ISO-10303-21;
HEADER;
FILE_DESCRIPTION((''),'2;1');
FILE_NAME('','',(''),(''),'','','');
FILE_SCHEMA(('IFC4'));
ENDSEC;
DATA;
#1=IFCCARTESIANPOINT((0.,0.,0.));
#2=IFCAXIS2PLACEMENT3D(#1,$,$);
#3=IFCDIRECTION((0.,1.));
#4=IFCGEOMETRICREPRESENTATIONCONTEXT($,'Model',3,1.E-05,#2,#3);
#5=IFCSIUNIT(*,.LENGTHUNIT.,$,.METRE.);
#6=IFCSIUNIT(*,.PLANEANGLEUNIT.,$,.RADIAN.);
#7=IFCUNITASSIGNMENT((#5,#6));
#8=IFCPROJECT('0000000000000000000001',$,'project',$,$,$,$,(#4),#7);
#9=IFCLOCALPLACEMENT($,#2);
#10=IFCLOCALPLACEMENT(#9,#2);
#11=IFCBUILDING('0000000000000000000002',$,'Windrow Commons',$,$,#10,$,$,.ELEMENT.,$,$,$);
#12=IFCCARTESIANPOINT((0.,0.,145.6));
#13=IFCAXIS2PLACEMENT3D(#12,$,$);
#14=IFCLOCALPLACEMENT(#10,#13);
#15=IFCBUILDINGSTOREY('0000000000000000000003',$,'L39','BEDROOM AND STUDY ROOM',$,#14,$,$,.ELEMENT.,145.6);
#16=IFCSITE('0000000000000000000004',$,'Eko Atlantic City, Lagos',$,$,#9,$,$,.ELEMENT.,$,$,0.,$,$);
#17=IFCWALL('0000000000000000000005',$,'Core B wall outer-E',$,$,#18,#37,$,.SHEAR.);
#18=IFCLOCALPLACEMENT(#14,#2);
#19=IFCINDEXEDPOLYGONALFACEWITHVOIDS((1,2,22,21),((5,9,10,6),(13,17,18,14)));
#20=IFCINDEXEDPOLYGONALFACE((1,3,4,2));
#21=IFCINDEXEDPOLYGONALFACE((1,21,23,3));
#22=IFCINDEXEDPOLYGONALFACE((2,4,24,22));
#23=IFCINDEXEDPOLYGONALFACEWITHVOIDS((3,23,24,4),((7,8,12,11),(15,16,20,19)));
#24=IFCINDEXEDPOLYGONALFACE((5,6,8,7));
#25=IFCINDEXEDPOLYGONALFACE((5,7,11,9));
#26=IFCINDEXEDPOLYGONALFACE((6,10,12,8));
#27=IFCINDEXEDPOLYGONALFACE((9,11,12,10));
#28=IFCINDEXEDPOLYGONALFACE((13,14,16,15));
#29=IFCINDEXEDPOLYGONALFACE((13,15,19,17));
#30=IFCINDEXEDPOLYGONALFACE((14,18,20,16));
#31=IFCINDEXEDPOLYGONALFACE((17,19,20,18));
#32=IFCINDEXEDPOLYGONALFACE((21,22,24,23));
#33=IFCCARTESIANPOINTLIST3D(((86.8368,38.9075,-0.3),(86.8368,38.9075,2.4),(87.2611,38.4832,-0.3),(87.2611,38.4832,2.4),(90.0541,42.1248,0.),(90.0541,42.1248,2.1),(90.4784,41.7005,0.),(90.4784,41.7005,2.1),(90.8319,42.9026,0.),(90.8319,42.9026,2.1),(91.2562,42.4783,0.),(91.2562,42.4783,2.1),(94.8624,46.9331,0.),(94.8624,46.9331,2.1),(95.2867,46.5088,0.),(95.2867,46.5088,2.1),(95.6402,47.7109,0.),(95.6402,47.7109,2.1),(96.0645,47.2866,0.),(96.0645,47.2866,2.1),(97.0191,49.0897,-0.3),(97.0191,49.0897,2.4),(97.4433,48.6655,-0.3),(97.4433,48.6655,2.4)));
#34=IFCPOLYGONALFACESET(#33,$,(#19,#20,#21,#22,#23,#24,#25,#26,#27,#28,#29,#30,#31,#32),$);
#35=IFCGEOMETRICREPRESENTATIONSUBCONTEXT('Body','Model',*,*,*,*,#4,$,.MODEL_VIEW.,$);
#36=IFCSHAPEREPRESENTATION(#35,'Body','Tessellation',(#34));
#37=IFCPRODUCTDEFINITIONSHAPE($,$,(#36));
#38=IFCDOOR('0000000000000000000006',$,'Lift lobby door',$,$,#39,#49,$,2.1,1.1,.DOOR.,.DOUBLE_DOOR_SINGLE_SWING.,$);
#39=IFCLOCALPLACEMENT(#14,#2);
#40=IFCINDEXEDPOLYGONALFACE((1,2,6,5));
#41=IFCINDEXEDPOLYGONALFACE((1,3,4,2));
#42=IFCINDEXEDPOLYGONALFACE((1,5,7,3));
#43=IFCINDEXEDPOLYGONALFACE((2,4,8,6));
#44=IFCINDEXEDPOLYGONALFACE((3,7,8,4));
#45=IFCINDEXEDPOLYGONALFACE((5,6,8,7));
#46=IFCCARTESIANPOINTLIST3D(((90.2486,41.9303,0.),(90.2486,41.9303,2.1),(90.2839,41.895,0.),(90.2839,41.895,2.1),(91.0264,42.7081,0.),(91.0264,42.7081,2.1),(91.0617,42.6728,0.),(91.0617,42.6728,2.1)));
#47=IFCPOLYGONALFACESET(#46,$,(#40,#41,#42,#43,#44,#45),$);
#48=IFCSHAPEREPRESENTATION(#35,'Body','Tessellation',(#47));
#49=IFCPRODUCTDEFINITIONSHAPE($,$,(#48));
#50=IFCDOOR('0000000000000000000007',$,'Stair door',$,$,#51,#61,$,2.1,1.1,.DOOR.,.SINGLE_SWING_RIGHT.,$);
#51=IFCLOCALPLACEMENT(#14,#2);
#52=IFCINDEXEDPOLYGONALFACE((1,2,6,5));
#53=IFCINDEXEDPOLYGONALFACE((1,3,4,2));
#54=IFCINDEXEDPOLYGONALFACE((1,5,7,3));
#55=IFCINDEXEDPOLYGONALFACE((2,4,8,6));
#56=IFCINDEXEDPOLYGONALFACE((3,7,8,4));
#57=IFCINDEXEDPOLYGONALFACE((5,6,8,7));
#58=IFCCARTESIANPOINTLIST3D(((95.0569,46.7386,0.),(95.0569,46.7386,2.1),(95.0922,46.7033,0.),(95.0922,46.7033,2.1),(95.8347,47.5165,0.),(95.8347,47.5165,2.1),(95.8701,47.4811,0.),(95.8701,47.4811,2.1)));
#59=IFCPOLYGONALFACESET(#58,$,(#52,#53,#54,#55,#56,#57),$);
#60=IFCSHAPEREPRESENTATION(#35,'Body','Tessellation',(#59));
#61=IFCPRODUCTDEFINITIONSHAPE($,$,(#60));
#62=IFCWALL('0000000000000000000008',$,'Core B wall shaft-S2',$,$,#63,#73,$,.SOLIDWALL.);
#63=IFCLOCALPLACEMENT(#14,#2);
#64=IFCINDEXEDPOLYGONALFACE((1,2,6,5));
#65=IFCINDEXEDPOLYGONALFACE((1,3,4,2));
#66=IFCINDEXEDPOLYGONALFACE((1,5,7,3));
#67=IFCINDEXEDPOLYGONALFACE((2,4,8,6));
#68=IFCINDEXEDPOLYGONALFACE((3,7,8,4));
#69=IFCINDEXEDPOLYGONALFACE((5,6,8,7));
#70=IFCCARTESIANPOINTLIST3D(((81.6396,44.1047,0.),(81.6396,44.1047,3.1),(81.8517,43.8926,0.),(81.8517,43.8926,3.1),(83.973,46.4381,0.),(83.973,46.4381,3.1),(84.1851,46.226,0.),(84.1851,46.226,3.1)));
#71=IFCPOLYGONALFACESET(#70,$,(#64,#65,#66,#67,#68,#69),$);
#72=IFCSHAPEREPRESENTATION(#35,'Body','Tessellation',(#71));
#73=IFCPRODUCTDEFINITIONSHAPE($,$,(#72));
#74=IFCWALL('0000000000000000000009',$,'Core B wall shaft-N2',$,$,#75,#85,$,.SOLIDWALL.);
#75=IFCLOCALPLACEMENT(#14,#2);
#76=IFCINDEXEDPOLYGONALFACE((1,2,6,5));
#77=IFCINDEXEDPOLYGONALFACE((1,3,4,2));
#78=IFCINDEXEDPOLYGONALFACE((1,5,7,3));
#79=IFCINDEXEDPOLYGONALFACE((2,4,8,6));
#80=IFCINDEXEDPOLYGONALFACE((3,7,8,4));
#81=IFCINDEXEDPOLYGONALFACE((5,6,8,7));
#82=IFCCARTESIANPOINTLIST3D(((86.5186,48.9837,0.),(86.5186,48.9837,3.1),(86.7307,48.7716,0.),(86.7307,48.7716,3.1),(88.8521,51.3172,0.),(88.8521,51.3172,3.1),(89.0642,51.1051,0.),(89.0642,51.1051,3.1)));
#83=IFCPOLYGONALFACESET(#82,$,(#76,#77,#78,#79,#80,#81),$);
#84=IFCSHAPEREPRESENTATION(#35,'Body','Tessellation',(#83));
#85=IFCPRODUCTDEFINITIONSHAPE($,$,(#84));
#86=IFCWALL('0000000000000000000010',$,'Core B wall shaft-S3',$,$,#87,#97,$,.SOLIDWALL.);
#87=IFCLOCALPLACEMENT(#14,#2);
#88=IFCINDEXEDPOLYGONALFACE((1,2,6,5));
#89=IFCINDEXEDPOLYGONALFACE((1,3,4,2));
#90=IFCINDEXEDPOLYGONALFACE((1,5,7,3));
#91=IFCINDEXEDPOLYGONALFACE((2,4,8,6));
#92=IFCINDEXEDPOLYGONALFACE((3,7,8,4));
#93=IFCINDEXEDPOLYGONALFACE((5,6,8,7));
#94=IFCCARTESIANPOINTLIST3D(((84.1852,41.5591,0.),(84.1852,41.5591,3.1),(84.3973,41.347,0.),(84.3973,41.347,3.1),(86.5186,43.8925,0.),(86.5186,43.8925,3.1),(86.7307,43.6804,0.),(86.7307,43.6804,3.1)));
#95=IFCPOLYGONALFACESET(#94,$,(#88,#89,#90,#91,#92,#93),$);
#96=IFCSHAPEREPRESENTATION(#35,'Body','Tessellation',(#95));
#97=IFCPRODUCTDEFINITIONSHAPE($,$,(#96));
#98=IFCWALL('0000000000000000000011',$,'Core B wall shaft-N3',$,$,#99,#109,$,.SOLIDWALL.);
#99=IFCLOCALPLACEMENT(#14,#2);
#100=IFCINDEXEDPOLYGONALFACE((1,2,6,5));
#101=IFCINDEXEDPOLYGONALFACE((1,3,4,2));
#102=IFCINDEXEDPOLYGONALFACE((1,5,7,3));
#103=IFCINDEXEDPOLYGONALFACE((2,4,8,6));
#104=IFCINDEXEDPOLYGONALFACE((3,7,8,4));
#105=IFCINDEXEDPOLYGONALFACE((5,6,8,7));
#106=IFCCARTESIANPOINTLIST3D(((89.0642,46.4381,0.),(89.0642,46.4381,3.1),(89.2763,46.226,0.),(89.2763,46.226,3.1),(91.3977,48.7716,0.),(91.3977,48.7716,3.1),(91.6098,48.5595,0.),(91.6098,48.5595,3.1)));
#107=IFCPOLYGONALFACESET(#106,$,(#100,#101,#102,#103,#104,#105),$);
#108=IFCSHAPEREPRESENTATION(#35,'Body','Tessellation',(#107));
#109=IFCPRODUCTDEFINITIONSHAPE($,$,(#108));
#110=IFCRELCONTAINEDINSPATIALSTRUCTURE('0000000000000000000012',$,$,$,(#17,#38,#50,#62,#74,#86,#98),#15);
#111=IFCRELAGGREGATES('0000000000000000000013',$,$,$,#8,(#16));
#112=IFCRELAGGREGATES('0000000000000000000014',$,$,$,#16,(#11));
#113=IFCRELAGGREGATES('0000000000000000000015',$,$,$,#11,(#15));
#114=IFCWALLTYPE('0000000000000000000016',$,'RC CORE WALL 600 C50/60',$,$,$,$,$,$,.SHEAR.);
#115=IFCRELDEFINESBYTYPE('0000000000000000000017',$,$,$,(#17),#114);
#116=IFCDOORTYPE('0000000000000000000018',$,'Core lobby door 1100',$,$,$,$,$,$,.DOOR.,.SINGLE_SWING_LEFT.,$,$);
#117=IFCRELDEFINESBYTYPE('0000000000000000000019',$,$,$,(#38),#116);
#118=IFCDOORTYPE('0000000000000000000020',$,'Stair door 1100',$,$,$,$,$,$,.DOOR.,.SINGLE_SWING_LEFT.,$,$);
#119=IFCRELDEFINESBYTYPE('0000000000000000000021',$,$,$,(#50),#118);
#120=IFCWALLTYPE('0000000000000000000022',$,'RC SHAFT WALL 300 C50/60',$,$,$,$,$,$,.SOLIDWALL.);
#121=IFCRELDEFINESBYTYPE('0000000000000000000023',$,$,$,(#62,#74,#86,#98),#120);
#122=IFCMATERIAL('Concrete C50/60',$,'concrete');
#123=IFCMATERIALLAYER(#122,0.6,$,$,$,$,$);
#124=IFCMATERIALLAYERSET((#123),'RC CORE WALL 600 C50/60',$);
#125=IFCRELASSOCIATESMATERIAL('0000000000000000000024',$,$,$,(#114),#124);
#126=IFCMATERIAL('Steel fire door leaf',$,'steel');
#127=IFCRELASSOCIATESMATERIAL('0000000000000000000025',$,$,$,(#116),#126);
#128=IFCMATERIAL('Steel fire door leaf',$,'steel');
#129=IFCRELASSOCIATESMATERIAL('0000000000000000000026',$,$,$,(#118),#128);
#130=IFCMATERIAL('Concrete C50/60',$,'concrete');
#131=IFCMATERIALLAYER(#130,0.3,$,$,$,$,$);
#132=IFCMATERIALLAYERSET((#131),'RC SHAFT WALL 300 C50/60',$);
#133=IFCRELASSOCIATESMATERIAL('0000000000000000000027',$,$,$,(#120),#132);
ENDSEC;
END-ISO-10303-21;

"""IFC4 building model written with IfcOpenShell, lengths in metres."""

from ifc_helpers import new_model, si_unit, direction, frame, frame_2d, origin, place, context, subcontext, project, spatial, rectangle, extrude, material, layer, layer_set, type_object, element, fill, save


model = new_model("IFC4")

# Units and contexts
model_context = context("Model", 3, precision=1e-05, world=origin(), true_north=direction((0.0, 1.0)))
body_context = subcontext(model_context, "Body", "Model", "MODEL_VIEW")
ifc_project = project(units=[si_unit("LENGTHUNIT", "METRE"), si_unit("PLANEANGLEUNIT", "RADIAN")], contexts=[model_context])

# Site, building, storey
site_placement = place(None, origin())
site = spatial("IfcSite", under=ifc_project, at=site_placement, Name="Eko Atlantic City, Lagos", CompositionType="ELEMENT", RefElevation=0.0)
building_placement = place(site_placement, origin())
building = spatial("IfcBuilding", under=site, at=building_placement, Name="Windrow Commons", CompositionType="ELEMENT")
storey_placement = place(building_placement, frame((0.0, 0.0, 145.6)))
storey = spatial("IfcBuildingStorey", under=building, at=storey_placement, Name="L39", Description="BEDROOM AND STUDY ROOM", CompositionType="ELEMENT", Elevation=145.6)

# Wall, openings, doors
ifc_material_1 = material(Name="Concrete C50/60", Category="concrete")
ifc_layer_1 = layer(ifc_material_1, 0.6)
ifc_layer_set_1 = layer_set([ifc_layer_1], Name="RC CORE WALL 600 C50/60")
wall_type_1 = type_object("IfcWallType", Name="RC CORE WALL 600 C50/60", PredefinedType="SHEAR", material=ifc_layer_set_1)
wall_1_placement = place(storey_placement, frame((87.0489, 38.6953, -0.3), z_axis=(0.0, 0.0, 1.0), x_axis=(0.707107, 0.707107, 0.0)))
wall_1 = element("IfcWall", 1, at=wall_1_placement, inside=storey, type_object=wall_type_1, Name="Core B wall outer-E", PredefinedType="SHEAR", context=body_context, shape_type="SweptSolid", body=[
    extrude(rectangle(XDim=14.3999, YDim=0.6, at=frame_2d((7.2, 0.0))), origin(), (0.0, 0.0, 1.0), 2.7),
])
opening_1_placement = place(wall_1_placement, frame((4.55, 0.0, 0.3)))
opening_1 = element("IfcOpeningElement", 2, at=opening_1_placement, cuts=wall_1, PredefinedType="OPENING", context=body_context, shape_type="SweptSolid", body=[
    extrude(rectangle(XDim=1.1, YDim=2.1, at=frame_2d((0.55, 1.05))), frame((0.0, 0.31, 0.0), z_axis=(0.0, -1.0, 0.0), x_axis=(1.0, 0.0, 0.0)), (0.0, 0.0, 1.0), 0.62),
])
opening_2_placement = place(wall_1_placement, frame((11.35, 0.0, 0.3)))
opening_2 = element("IfcOpeningElement", 3, at=opening_2_placement, cuts=wall_1, PredefinedType="OPENING", context=body_context, shape_type="SweptSolid", body=[
    extrude(rectangle(XDim=1.1, YDim=2.1, at=frame_2d((0.55, 1.05))), frame((0.0, 0.31, 0.0), z_axis=(0.0, -1.0, 0.0), x_axis=(1.0, 0.0, 0.0)), (0.0, 0.0, 1.0), 0.62),
])
ifc_material_2 = material(Name="Steel fire door leaf", Category="steel")
door_type_1 = type_object("IfcDoorType", Name="Core lobby door 1100", OperationType="SINGLE_SWING_LEFT", PredefinedType="DOOR", material=ifc_material_2)
door_1_placement = place(opening_1_placement, origin())
door_1 = element("IfcDoor", 4, at=door_1_placement, inside=storey, type_object=door_type_1, Name="Lift lobby door", OperationType="DOUBLE_DOOR_SINGLE_SWING", OverallHeight=2.1, OverallWidth=1.1, PredefinedType="DOOR", context=body_context, shape_type="SweptSolid", body=[
    extrude(rectangle(XDim=1.1, YDim=2.1, at=frame_2d((0.55, 1.05))), frame((0.0, 0.025, 0.0), z_axis=(0.0, -1.0, 0.0), x_axis=(1.0, 0.0, 0.0)), (0.0, 0.0, 1.0), 0.05),
])
fill(opening_1, door_1)
ifc_material_3 = material(Name="Steel fire door leaf", Category="steel")
door_type_2 = type_object("IfcDoorType", Name="Stair door 1100", OperationType="SINGLE_SWING_LEFT", PredefinedType="DOOR", material=ifc_material_3)
door_2_placement = place(opening_2_placement, origin())
door_2 = element("IfcDoor", 5, at=door_2_placement, inside=storey, type_object=door_type_2, Name="Stair door", OperationType="SINGLE_SWING_RIGHT", OverallHeight=2.1, OverallWidth=1.1, PredefinedType="DOOR", context=body_context, shape_type="SweptSolid", body=[
    extrude(rectangle(XDim=1.1, YDim=2.1, at=frame_2d((0.55, 1.05))), frame((0.0, 0.025, 0.0), z_axis=(0.0, -1.0, 0.0), x_axis=(1.0, 0.0, 0.0)), (0.0, 0.0, 1.0), 0.05),
])
fill(opening_2, door_2)

# Walls
ifc_material_4 = material(Name="Concrete C50/60", Category="concrete")
ifc_layer_2 = layer(ifc_material_4, 0.3)
ifc_layer_set_2 = layer_set([ifc_layer_2], Name="RC SHAFT WALL 300 C50/60")
wall_type_2 = type_object("IfcWallType", Name="RC SHAFT WALL 300 C50/60", PredefinedType="SOLIDWALL", material=ifc_layer_set_2)
wall_2_placement = place(storey_placement, frame((81.7456, 43.9986, 0.0), z_axis=(0.0, 0.0, 1.0), x_axis=(0.707107, 0.707107, 0.0)))
element("IfcWall", 6, at=wall_2_placement, inside=storey, type_object=wall_type_2, Name="Core B wall shaft-S2", PredefinedType="SOLIDWALL", context=body_context, shape_type="SweptSolid", body=[
    extrude(rectangle(XDim=3.2999, YDim=0.3, at=frame_2d((1.65, 0.0))), origin(), (0.0, 0.0, 1.0), 3.1),
])
wall_3_placement = place(storey_placement, frame((86.6246, 48.8776, 0.0), z_axis=(0.0, 0.0, 1.0), x_axis=(0.707107, 0.707107, 0.0)))
element("IfcWall", 7, at=wall_3_placement, inside=storey, type_object=wall_type_2, Name="Core B wall shaft-N2", PredefinedType="SOLIDWALL", context=body_context, shape_type="SweptSolid", body=[
    extrude(rectangle(XDim=3.3001, YDim=0.3, at=frame_2d((1.6501, 0.0))), origin(), (0.0, 0.0, 1.0), 3.1),
])
wall_4_placement = place(storey_placement, frame((84.2912, 41.453, 0.0), z_axis=(0.0, 0.0, 1.0), x_axis=(0.707107, 0.707107, 0.0)))
element("IfcWall", 8, at=wall_4_placement, inside=storey, type_object=wall_type_2, Name="Core B wall shaft-S3", PredefinedType="SOLIDWALL", context=body_context, shape_type="SweptSolid", body=[
    extrude(rectangle(XDim=3.2999, YDim=0.3, at=frame_2d((1.65, 0.0))), origin(), (0.0, 0.0, 1.0), 3.1),
])
wall_5_placement = place(storey_placement, frame((89.1702, 46.332, 0.0), z_axis=(0.0, 0.0, 1.0), x_axis=(0.707107, 0.707107, 0.0)))
element("IfcWall", 9, at=wall_5_placement, inside=storey, type_object=wall_type_2, Name="Core B wall shaft-N3", PredefinedType="SOLIDWALL", context=body_context, shape_type="SweptSolid", body=[
    extrude(rectangle(XDim=3.3001, YDim=0.3, at=frame_2d((1.6501, 0.0))), origin(), (0.0, 0.0, 1.0), 3.1),
])

save(model, "model.ifc")
